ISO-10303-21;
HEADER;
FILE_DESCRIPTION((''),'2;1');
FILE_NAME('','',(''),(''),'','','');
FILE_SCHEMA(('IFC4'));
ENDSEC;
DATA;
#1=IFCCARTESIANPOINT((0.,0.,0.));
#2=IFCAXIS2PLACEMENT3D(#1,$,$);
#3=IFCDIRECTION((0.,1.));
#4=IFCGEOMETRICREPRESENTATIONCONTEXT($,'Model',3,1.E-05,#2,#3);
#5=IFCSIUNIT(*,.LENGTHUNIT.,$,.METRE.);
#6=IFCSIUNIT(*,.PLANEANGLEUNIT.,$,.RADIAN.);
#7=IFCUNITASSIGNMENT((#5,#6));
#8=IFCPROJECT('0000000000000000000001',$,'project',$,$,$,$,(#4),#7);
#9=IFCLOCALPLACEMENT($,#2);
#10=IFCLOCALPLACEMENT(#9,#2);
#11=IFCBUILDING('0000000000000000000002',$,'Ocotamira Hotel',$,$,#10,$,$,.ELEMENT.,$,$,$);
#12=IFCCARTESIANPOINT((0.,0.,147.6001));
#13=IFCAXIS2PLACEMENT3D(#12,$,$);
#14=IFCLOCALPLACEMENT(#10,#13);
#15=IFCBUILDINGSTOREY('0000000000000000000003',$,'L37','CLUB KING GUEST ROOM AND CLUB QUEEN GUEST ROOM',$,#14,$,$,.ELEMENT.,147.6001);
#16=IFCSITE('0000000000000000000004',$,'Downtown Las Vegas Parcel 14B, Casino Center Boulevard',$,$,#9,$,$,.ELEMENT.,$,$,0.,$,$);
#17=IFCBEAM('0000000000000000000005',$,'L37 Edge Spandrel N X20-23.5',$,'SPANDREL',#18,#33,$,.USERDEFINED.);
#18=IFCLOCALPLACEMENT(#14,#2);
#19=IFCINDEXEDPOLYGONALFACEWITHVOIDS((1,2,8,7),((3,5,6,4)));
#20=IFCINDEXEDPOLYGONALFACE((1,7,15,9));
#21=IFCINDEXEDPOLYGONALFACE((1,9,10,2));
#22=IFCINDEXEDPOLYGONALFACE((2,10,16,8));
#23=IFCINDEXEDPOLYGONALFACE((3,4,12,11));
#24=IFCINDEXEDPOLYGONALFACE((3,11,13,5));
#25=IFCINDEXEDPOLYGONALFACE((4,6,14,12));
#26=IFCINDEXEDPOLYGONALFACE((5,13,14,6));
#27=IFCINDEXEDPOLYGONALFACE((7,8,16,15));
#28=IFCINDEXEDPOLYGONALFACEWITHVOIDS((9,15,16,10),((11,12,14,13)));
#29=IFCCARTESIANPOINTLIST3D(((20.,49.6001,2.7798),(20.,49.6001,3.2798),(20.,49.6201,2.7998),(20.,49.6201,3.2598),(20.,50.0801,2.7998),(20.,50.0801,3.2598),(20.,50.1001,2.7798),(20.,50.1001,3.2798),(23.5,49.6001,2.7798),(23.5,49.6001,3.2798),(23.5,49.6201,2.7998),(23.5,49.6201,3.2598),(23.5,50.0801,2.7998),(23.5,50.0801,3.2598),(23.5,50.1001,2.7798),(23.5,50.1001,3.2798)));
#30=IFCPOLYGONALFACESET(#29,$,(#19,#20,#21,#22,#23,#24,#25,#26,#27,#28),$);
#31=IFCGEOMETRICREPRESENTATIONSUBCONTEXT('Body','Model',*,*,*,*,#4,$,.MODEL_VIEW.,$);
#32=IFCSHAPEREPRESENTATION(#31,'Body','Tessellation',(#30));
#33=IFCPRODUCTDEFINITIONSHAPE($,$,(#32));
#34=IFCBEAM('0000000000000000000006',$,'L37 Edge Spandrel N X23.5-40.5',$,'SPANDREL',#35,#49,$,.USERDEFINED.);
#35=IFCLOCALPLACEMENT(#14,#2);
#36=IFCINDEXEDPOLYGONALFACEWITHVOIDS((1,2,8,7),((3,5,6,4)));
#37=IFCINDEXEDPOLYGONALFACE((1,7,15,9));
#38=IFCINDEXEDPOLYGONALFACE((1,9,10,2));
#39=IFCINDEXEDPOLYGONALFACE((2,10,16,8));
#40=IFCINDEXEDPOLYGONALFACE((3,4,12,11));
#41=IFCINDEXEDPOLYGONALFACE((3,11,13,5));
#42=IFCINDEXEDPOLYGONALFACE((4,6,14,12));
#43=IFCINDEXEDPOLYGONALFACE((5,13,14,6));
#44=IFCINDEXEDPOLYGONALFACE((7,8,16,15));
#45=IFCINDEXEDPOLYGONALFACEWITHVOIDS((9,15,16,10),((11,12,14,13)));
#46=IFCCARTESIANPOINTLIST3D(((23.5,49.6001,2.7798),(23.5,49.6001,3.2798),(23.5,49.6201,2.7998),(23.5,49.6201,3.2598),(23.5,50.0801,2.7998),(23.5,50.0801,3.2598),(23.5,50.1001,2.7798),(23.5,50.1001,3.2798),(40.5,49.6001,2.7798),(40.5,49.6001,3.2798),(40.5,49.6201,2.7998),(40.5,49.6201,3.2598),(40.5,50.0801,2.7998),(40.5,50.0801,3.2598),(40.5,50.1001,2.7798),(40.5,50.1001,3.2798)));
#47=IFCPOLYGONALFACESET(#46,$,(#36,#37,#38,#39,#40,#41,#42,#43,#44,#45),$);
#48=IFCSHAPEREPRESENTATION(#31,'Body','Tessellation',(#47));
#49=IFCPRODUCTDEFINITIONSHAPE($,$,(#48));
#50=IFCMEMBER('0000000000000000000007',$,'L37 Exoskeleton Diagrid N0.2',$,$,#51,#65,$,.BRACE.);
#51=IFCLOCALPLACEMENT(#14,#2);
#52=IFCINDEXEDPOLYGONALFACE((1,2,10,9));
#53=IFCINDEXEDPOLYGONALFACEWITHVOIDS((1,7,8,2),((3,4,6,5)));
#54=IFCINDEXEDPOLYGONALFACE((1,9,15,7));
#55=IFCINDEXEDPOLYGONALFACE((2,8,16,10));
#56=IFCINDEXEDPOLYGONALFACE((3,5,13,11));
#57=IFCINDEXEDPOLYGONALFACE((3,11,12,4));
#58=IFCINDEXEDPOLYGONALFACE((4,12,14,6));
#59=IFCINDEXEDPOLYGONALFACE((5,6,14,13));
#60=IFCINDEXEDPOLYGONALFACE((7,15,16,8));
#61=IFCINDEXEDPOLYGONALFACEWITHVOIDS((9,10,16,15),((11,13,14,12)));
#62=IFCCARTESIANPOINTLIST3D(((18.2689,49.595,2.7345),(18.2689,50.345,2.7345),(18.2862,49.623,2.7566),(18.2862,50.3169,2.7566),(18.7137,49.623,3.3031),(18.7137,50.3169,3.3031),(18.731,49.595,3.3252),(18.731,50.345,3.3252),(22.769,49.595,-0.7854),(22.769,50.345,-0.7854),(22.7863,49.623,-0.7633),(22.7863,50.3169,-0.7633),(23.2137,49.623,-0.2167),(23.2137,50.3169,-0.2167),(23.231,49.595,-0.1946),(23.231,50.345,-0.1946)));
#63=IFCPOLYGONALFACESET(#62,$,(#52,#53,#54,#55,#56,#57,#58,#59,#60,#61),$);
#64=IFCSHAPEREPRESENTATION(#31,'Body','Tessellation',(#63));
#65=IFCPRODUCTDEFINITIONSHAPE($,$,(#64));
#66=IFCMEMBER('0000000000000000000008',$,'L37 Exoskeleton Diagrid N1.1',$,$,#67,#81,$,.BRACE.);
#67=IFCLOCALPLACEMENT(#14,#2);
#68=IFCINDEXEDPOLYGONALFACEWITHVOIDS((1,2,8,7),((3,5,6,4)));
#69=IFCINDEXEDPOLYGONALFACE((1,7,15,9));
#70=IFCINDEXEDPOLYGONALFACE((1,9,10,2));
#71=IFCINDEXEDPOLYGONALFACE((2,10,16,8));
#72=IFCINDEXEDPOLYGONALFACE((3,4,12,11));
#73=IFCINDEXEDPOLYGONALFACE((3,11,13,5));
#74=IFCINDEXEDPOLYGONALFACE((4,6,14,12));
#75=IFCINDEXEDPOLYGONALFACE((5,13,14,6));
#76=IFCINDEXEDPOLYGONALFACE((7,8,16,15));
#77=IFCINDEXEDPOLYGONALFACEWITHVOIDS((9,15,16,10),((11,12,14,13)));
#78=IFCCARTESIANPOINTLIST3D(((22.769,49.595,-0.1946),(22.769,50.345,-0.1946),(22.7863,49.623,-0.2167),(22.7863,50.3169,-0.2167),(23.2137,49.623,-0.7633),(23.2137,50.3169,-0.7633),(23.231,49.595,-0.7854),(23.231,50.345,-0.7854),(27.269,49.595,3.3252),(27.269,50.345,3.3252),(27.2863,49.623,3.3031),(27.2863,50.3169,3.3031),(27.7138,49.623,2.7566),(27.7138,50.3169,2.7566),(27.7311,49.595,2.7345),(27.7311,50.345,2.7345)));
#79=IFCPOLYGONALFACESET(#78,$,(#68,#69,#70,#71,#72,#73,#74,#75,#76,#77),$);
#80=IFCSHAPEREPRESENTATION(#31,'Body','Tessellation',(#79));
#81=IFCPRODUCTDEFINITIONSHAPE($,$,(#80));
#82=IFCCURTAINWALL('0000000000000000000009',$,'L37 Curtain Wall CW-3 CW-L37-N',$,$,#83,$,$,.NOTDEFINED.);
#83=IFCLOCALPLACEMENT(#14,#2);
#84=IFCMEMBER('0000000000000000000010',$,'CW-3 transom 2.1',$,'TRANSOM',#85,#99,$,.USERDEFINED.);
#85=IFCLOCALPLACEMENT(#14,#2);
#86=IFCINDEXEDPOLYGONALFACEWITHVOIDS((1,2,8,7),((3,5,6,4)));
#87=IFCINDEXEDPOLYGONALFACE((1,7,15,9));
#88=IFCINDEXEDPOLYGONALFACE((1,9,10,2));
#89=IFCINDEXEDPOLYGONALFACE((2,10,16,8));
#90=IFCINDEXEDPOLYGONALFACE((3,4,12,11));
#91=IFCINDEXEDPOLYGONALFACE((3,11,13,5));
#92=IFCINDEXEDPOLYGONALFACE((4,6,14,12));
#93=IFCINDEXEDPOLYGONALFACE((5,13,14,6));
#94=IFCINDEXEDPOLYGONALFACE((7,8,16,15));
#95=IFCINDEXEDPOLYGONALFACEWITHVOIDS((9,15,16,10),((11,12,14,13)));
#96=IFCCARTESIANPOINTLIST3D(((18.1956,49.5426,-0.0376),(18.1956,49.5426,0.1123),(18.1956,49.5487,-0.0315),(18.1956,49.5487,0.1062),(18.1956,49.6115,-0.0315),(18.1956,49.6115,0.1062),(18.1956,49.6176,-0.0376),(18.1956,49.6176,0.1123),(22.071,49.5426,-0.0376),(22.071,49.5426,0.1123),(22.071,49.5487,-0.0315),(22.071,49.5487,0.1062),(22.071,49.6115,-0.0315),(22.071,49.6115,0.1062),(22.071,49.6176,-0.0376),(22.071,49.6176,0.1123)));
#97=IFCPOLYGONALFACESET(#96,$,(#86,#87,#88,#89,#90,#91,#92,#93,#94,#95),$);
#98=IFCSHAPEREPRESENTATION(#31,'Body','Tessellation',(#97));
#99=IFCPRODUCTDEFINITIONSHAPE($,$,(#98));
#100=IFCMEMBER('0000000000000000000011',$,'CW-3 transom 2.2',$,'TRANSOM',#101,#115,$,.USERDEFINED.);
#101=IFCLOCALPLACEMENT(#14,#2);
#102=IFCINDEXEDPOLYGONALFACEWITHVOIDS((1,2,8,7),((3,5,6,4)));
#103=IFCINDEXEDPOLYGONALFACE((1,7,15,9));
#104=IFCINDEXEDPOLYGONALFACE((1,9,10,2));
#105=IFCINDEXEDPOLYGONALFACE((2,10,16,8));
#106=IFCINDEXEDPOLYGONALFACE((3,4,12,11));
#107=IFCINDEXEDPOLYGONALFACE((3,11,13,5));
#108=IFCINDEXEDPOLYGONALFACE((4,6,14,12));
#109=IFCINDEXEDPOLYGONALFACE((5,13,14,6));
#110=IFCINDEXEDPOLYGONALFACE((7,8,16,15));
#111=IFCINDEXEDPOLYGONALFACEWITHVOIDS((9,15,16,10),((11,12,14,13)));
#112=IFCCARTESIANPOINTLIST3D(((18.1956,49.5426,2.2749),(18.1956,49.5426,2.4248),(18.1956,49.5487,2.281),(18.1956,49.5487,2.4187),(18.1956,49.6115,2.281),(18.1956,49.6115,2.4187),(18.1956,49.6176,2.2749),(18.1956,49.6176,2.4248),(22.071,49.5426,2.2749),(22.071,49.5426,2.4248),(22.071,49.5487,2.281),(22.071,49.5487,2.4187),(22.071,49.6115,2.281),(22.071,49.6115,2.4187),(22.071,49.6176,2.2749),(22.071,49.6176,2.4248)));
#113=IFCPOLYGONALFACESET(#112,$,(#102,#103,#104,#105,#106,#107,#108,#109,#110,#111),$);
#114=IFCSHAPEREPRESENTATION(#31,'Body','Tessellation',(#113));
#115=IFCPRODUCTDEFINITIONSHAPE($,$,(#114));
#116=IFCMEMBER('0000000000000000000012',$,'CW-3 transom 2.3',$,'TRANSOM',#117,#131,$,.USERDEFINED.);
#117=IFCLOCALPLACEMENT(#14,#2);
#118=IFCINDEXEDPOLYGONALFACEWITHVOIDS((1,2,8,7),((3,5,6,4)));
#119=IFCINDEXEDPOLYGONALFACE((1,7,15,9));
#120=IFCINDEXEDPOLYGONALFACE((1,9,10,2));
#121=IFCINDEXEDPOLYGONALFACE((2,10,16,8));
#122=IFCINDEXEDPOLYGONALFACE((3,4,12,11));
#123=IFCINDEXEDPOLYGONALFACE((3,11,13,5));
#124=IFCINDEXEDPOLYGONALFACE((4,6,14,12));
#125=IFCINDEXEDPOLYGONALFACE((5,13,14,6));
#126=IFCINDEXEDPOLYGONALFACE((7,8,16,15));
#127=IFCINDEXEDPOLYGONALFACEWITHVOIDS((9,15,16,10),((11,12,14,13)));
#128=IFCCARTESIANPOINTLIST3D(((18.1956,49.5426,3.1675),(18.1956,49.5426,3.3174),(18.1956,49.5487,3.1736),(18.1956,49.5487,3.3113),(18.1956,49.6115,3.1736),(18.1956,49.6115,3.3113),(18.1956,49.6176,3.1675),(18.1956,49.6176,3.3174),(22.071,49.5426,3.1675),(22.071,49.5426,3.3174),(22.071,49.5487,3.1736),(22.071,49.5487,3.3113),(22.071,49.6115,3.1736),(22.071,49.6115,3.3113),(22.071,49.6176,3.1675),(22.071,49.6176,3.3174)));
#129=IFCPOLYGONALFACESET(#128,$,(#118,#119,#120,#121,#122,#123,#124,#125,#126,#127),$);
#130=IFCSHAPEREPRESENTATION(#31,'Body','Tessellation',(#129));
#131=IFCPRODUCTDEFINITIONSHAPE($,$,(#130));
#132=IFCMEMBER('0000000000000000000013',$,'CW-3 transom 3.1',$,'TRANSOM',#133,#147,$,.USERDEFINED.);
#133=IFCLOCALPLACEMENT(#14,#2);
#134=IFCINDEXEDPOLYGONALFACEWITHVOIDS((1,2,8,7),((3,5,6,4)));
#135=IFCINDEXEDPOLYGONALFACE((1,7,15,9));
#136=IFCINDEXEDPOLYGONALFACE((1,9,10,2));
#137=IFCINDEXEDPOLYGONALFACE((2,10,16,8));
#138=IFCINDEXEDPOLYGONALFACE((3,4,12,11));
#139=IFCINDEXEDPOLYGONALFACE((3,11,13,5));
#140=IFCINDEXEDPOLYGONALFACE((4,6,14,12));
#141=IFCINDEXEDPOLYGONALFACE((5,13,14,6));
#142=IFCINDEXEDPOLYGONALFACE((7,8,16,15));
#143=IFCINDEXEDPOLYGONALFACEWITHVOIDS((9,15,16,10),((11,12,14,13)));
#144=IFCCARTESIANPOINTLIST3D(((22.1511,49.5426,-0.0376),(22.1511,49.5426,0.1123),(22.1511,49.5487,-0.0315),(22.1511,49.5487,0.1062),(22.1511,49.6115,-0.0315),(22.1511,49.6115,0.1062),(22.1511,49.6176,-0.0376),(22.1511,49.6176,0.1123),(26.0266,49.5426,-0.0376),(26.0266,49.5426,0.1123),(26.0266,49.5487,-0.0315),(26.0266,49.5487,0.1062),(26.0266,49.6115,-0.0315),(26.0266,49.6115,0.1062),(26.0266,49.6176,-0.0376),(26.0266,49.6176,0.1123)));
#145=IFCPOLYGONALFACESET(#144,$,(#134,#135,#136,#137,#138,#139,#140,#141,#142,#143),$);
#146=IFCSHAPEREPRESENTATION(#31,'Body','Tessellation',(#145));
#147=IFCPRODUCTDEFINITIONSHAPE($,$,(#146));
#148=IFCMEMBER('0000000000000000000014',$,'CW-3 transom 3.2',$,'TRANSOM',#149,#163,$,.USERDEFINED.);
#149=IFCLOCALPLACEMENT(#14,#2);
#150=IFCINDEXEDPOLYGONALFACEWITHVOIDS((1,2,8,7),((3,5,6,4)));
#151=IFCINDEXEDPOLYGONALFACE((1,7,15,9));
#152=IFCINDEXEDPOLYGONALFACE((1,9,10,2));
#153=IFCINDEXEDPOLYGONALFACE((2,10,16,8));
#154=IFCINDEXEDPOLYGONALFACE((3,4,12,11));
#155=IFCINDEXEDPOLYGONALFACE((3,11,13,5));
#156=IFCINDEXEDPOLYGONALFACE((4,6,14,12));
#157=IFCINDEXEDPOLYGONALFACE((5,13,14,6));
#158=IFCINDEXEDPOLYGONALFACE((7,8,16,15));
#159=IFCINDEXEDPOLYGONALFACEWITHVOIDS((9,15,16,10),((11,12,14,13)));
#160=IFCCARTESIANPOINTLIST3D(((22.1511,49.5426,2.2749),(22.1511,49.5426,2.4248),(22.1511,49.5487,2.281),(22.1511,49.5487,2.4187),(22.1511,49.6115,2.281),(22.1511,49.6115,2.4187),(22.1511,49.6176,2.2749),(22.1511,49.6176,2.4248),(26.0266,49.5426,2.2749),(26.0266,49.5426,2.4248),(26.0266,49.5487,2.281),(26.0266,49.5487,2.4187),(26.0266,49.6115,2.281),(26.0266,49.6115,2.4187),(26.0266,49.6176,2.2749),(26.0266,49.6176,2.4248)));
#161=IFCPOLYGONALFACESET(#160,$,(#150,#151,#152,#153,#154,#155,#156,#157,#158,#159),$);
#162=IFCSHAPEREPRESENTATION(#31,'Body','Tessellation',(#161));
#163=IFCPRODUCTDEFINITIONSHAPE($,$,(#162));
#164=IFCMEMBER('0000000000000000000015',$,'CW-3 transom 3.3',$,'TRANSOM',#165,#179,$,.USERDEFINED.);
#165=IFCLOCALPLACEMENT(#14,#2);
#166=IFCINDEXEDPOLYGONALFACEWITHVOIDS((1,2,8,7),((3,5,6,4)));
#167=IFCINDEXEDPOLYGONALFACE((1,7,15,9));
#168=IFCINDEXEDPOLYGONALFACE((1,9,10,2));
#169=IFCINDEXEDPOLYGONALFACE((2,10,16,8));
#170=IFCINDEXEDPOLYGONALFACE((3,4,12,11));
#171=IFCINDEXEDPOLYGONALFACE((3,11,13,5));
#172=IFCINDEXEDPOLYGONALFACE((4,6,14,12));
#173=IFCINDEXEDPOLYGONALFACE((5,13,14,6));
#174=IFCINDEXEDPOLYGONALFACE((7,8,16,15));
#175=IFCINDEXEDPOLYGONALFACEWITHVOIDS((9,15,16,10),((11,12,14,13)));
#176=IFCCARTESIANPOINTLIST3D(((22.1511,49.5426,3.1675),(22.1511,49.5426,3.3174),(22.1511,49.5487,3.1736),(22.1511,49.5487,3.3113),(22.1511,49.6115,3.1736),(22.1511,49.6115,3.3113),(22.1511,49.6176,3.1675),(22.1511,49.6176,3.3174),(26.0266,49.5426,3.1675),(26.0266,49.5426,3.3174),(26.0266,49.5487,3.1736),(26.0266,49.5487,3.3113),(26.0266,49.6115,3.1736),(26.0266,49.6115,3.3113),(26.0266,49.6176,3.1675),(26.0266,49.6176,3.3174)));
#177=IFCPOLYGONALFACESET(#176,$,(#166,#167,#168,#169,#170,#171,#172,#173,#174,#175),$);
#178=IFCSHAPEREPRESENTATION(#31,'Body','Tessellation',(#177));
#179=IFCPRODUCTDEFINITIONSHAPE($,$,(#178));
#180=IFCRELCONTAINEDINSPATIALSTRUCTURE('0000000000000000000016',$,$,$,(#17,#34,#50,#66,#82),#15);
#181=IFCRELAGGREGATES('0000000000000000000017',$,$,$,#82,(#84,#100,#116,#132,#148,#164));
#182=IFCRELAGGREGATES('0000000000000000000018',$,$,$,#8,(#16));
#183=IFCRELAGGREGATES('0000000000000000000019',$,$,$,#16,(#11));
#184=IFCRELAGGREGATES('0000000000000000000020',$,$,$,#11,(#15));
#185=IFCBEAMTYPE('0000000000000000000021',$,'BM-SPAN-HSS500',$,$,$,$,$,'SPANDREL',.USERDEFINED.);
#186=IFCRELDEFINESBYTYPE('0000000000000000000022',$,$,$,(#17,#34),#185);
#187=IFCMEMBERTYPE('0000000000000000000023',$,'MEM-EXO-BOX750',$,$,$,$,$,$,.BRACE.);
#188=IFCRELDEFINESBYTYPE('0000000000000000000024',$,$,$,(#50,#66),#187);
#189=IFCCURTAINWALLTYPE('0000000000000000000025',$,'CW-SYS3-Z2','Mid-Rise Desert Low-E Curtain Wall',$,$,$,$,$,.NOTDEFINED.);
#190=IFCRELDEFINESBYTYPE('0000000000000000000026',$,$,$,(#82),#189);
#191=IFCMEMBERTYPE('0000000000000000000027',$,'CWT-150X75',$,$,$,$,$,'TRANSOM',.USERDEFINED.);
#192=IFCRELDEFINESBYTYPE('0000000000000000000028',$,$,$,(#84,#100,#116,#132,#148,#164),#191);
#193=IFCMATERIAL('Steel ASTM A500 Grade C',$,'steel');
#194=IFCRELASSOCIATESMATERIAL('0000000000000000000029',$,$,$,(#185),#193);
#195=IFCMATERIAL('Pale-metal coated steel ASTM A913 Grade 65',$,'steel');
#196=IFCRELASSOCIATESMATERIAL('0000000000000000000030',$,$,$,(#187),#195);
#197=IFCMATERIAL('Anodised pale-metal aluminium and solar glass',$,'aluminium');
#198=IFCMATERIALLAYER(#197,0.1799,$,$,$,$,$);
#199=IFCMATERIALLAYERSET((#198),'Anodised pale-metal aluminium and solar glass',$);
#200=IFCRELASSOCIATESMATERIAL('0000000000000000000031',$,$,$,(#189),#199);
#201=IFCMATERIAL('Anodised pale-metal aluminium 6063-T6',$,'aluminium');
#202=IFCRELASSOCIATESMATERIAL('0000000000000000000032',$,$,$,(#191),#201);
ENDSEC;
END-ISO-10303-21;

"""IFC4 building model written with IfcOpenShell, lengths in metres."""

from ifc_helpers import new_model, si_unit, direction, frame, origin, origin_2d, place, context, subcontext, project, spatial, hollow_rectangle, extrude, source, transform, mapped, material, layer, layer_set, material_profile, profile_set, type_object, element, aggregate, save


model = new_model("IFC4")

# Units and contexts
model_context = context("Model", 3, precision=1e-05, world=origin(), true_north=direction((0.0, 1.0)))
body_context = subcontext(model_context, "Body", "Model", "MODEL_VIEW")
ifc_project = project(units=[si_unit("LENGTHUNIT", "METRE"), si_unit("PLANEANGLEUNIT", "RADIAN")], contexts=[model_context])

# Site, building, storey
site_placement = place(None, origin())
site = spatial("IfcSite", under=ifc_project, at=site_placement, Name="Downtown Las Vegas Parcel 14B, Casino Center Boulevard", CompositionType="ELEMENT", RefElevation=0.0)
building_placement = place(site_placement, origin())
building = spatial("IfcBuilding", under=site, at=building_placement, Name="Ocotamira Hotel", CompositionType="ELEMENT")
storey_placement = place(building_placement, frame((0.0, 0.0, 147.6001)))
storey = spatial("IfcBuildingStorey", under=building, at=storey_placement, Name="L37", Description="CLUB KING GUEST ROOM AND CLUB QUEEN GUEST ROOM", CompositionType="ELEMENT", Elevation=147.6001)

# Beams
ifc_material_1 = material(Name="Steel ASTM A500 Grade C", Category="steel")
ifc_material_profile_1 = material_profile(ifc_material_1, hollow_rectangle(XDim=0.5, YDim=0.5, WallThickness=0.02, at=origin_2d()), Name="HSS500X500X20")
ifc_profile_set_1 = profile_set([ifc_material_profile_1], Name="Steel ASTM A500 Grade C")
beam_type_1 = type_object("IfcBeamType", Name="BM-SPAN-HSS500", ElementType="SPANDREL", PredefinedType="USERDEFINED", material=ifc_profile_set_1)
shared_shape_1 = source(origin(), body_context, "Body", "SweptSolid", [
    extrude(hollow_rectangle(XDim=0.5, YDim=0.5, WallThickness=0.02, at=origin_2d()), origin(), (0.0, 0.0, 1.0), 3.5),
])
beam_1_placement = place(storey_placement, frame((20.0, 49.8501, 3.0298), z_axis=(1.0, 0.0, 0.0), x_axis=(0.0, 1.0, 0.0)))
element("IfcBeam", 1, at=beam_1_placement, inside=storey, type_object=beam_type_1, Name="L37 Edge Spandrel N X20-23.5", ObjectType="SPANDREL", PredefinedType="USERDEFINED", context=body_context, shape_type="MappedRepresentation", body=[
    mapped(shared_shape_1, transform((0.0, 0.0, 0.0), scale=1.0)),
])
shared_shape_2 = source(origin(), body_context, "Body", "SweptSolid", [
    extrude(hollow_rectangle(XDim=0.5, YDim=0.5, WallThickness=0.02, at=origin_2d()), origin(), (0.0, 0.0, 1.0), 17.0),
])
beam_2_placement = place(storey_placement, frame((23.5, 49.8501, 3.0298), z_axis=(1.0, 0.0, 0.0), x_axis=(0.0, 1.0, 0.0)))
element("IfcBeam", 2, at=beam_2_placement, inside=storey, type_object=beam_type_1, Name="L37 Edge Spandrel N X23.5-40.5", ObjectType="SPANDREL", PredefinedType="USERDEFINED", context=body_context, shape_type="MappedRepresentation", body=[
    mapped(shared_shape_2, transform((0.0, 0.0, 0.0), scale=1.0)),
])

# Members
ifc_material_2 = material(Name="Pale-metal coated steel ASTM A913 Grade 65", Category="steel")
ifc_material_profile_2 = material_profile(ifc_material_2, hollow_rectangle(XDim=0.75, YDim=0.75, WallThickness=0.0281, at=origin_2d()), Name="BOX750X750X28")
ifc_profile_set_2 = profile_set([ifc_material_profile_2], Name="Pale-metal coated steel ASTM A913 Grade 65")
member_type_1 = type_object("IfcMemberType", Name="MEM-EXO-BOX750", PredefinedType="BRACE", material=ifc_profile_set_2)
shared_shape_3 = source(origin(), body_context, "Body", "SweptSolid", [
    extrude(hollow_rectangle(XDim=0.75, YDim=0.75, WallThickness=0.0281, at=origin_2d()), origin(), (0.0, 0.0, 1.0), 5.7131),
])
for number, where, z_axis, x_axis, name in (
    (3, (23.0, 49.97, -0.49), (-0.787672, 0.0, 0.616095), (0.0, -1.0, 0.0), "L37 Exoskeleton Diagrid N0.2"),
    (4, (23.0, 49.97, -0.49), (0.787672, 0.0, 0.616095), (0.0, 1.0, 0.0), "L37 Exoskeleton Diagrid N1.1"),
):
    element("IfcMember", number, at=place(storey_placement, frame(where, z_axis=z_axis, x_axis=x_axis)), inside=storey, type_object=member_type_1, Name=name, PredefinedType="BRACE", context=body_context, shape_type="MappedRepresentation", body=[
        mapped(shared_shape_3, transform((0.0, 0.0, 0.0), scale=1.0)),
    ])

# Curtain wall, members
ifc_material_3 = material(Name="Anodised pale-metal aluminium and solar glass", Category="aluminium")
ifc_layer_1 = layer(ifc_material_3, 0.1799)
ifc_layer_set_1 = layer_set([ifc_layer_1], Name="Anodised pale-metal aluminium and solar glass")
curtain_wall_type = type_object("IfcCurtainWallType", Name="CW-SYS3-Z2", Description="Mid-Rise Desert Low-E Curtain Wall", PredefinedType="NOTDEFINED", material=ifc_layer_set_1)
curtain_wall_placement = place(storey_placement, origin())
curtain_wall = element("IfcCurtainWall", 5, at=curtain_wall_placement, inside=storey, type_object=curtain_wall_type, Name="L37 Curtain Wall CW-3 CW-L37-N", PredefinedType="NOTDEFINED")
ifc_material_4 = material(Name="Anodised pale-metal aluminium 6063-T6", Category="aluminium")
ifc_material_profile_3 = material_profile(ifc_material_4, hollow_rectangle(XDim=0.075, YDim=0.1499, WallThickness=0.0061, at=origin_2d()), Name="HSS150X75X6")
ifc_profile_set_3 = profile_set([ifc_material_profile_3], Name="Anodised pale-metal aluminium 6063-T6")
member_type_2 = type_object("IfcMemberType", Name="CWT-150X75", ElementType="TRANSOM", PredefinedType="USERDEFINED", material=ifc_profile_set_3)
shared_shape_4 = source(origin(), body_context, "Body", "SweptSolid", [
    extrude(hollow_rectangle(XDim=0.075, YDim=0.1499, WallThickness=0.0061, at=origin_2d()), origin(), (0.0, 0.0, 1.0), 3.8755),
])
member_1_placement = place(storey_placement, frame((18.1956, 49.5801, 0.0374), z_axis=(1.0, 0.0, 0.0), x_axis=(0.0, 1.0, 0.0)))
member_1 = element("IfcMember", 6, at=member_1_placement, type_object=member_type_2, Name="CW-3 transom 2.1", ObjectType="TRANSOM", PredefinedType="USERDEFINED", context=body_context, shape_type="MappedRepresentation", body=[
    mapped(shared_shape_4, transform((0.0, 0.0, 0.0), scale=1.0)),
])
member_2_placement = place(storey_placement, frame((18.1956, 49.5801, 2.3499), z_axis=(1.0, 0.0, 0.0), x_axis=(0.0, 1.0, 0.0)))
member_2 = element("IfcMember", 7, at=member_2_placement, type_object=member_type_2, Name="CW-3 transom 2.2", ObjectType="TRANSOM", PredefinedType="USERDEFINED", context=body_context, shape_type="MappedRepresentation", body=[
    mapped(shared_shape_4, transform((0.0, 0.0, 0.0), scale=1.0)),
])
member_3_placement = place(storey_placement, frame((18.1956, 49.5801, 3.2424), z_axis=(1.0, 0.0, 0.0), x_axis=(0.0, 1.0, 0.0)))
member_3 = element("IfcMember", 8, at=member_3_placement, type_object=member_type_2, Name="CW-3 transom 2.3", ObjectType="TRANSOM", PredefinedType="USERDEFINED", context=body_context, shape_type="MappedRepresentation", body=[
    mapped(shared_shape_4, transform((0.0, 0.0, 0.0), scale=1.0)),
])
member_4_placement = place(storey_placement, frame((22.1511, 49.5801, 0.0374), z_axis=(1.0, 0.0, 0.0), x_axis=(0.0, 1.0, 0.0)))
member_4 = element("IfcMember", 9, at=member_4_placement, type_object=member_type_2, Name="CW-3 transom 3.1", ObjectType="TRANSOM", PredefinedType="USERDEFINED", context=body_context, shape_type="MappedRepresentation", body=[
    mapped(shared_shape_4, transform((0.0, 0.0, 0.0), scale=1.0)),
])
member_5_placement = place(storey_placement, frame((22.1511, 49.5801, 2.3499), z_axis=(1.0, 0.0, 0.0), x_axis=(0.0, 1.0, 0.0)))
member_5 = element("IfcMember", 10, at=member_5_placement, type_object=member_type_2, Name="CW-3 transom 3.2", ObjectType="TRANSOM", PredefinedType="USERDEFINED", context=body_context, shape_type="MappedRepresentation", body=[
    mapped(shared_shape_4, transform((0.0, 0.0, 0.0), scale=1.0)),
])
member_6_placement = place(storey_placement, frame((22.1511, 49.5801, 3.2424), z_axis=(1.0, 0.0, 0.0), x_axis=(0.0, 1.0, 0.0)))
member_6 = element("IfcMember", 11, at=member_6_placement, type_object=member_type_2, Name="CW-3 transom 3.3", ObjectType="TRANSOM", PredefinedType="USERDEFINED", context=body_context, shape_type="MappedRepresentation", body=[
    mapped(shared_shape_4, transform((0.0, 0.0, 0.0), scale=1.0)),
])

aggregate(curtain_wall, [member_1, member_2, member_3, member_4, member_5, member_6])

save(model, "model.ifc")
